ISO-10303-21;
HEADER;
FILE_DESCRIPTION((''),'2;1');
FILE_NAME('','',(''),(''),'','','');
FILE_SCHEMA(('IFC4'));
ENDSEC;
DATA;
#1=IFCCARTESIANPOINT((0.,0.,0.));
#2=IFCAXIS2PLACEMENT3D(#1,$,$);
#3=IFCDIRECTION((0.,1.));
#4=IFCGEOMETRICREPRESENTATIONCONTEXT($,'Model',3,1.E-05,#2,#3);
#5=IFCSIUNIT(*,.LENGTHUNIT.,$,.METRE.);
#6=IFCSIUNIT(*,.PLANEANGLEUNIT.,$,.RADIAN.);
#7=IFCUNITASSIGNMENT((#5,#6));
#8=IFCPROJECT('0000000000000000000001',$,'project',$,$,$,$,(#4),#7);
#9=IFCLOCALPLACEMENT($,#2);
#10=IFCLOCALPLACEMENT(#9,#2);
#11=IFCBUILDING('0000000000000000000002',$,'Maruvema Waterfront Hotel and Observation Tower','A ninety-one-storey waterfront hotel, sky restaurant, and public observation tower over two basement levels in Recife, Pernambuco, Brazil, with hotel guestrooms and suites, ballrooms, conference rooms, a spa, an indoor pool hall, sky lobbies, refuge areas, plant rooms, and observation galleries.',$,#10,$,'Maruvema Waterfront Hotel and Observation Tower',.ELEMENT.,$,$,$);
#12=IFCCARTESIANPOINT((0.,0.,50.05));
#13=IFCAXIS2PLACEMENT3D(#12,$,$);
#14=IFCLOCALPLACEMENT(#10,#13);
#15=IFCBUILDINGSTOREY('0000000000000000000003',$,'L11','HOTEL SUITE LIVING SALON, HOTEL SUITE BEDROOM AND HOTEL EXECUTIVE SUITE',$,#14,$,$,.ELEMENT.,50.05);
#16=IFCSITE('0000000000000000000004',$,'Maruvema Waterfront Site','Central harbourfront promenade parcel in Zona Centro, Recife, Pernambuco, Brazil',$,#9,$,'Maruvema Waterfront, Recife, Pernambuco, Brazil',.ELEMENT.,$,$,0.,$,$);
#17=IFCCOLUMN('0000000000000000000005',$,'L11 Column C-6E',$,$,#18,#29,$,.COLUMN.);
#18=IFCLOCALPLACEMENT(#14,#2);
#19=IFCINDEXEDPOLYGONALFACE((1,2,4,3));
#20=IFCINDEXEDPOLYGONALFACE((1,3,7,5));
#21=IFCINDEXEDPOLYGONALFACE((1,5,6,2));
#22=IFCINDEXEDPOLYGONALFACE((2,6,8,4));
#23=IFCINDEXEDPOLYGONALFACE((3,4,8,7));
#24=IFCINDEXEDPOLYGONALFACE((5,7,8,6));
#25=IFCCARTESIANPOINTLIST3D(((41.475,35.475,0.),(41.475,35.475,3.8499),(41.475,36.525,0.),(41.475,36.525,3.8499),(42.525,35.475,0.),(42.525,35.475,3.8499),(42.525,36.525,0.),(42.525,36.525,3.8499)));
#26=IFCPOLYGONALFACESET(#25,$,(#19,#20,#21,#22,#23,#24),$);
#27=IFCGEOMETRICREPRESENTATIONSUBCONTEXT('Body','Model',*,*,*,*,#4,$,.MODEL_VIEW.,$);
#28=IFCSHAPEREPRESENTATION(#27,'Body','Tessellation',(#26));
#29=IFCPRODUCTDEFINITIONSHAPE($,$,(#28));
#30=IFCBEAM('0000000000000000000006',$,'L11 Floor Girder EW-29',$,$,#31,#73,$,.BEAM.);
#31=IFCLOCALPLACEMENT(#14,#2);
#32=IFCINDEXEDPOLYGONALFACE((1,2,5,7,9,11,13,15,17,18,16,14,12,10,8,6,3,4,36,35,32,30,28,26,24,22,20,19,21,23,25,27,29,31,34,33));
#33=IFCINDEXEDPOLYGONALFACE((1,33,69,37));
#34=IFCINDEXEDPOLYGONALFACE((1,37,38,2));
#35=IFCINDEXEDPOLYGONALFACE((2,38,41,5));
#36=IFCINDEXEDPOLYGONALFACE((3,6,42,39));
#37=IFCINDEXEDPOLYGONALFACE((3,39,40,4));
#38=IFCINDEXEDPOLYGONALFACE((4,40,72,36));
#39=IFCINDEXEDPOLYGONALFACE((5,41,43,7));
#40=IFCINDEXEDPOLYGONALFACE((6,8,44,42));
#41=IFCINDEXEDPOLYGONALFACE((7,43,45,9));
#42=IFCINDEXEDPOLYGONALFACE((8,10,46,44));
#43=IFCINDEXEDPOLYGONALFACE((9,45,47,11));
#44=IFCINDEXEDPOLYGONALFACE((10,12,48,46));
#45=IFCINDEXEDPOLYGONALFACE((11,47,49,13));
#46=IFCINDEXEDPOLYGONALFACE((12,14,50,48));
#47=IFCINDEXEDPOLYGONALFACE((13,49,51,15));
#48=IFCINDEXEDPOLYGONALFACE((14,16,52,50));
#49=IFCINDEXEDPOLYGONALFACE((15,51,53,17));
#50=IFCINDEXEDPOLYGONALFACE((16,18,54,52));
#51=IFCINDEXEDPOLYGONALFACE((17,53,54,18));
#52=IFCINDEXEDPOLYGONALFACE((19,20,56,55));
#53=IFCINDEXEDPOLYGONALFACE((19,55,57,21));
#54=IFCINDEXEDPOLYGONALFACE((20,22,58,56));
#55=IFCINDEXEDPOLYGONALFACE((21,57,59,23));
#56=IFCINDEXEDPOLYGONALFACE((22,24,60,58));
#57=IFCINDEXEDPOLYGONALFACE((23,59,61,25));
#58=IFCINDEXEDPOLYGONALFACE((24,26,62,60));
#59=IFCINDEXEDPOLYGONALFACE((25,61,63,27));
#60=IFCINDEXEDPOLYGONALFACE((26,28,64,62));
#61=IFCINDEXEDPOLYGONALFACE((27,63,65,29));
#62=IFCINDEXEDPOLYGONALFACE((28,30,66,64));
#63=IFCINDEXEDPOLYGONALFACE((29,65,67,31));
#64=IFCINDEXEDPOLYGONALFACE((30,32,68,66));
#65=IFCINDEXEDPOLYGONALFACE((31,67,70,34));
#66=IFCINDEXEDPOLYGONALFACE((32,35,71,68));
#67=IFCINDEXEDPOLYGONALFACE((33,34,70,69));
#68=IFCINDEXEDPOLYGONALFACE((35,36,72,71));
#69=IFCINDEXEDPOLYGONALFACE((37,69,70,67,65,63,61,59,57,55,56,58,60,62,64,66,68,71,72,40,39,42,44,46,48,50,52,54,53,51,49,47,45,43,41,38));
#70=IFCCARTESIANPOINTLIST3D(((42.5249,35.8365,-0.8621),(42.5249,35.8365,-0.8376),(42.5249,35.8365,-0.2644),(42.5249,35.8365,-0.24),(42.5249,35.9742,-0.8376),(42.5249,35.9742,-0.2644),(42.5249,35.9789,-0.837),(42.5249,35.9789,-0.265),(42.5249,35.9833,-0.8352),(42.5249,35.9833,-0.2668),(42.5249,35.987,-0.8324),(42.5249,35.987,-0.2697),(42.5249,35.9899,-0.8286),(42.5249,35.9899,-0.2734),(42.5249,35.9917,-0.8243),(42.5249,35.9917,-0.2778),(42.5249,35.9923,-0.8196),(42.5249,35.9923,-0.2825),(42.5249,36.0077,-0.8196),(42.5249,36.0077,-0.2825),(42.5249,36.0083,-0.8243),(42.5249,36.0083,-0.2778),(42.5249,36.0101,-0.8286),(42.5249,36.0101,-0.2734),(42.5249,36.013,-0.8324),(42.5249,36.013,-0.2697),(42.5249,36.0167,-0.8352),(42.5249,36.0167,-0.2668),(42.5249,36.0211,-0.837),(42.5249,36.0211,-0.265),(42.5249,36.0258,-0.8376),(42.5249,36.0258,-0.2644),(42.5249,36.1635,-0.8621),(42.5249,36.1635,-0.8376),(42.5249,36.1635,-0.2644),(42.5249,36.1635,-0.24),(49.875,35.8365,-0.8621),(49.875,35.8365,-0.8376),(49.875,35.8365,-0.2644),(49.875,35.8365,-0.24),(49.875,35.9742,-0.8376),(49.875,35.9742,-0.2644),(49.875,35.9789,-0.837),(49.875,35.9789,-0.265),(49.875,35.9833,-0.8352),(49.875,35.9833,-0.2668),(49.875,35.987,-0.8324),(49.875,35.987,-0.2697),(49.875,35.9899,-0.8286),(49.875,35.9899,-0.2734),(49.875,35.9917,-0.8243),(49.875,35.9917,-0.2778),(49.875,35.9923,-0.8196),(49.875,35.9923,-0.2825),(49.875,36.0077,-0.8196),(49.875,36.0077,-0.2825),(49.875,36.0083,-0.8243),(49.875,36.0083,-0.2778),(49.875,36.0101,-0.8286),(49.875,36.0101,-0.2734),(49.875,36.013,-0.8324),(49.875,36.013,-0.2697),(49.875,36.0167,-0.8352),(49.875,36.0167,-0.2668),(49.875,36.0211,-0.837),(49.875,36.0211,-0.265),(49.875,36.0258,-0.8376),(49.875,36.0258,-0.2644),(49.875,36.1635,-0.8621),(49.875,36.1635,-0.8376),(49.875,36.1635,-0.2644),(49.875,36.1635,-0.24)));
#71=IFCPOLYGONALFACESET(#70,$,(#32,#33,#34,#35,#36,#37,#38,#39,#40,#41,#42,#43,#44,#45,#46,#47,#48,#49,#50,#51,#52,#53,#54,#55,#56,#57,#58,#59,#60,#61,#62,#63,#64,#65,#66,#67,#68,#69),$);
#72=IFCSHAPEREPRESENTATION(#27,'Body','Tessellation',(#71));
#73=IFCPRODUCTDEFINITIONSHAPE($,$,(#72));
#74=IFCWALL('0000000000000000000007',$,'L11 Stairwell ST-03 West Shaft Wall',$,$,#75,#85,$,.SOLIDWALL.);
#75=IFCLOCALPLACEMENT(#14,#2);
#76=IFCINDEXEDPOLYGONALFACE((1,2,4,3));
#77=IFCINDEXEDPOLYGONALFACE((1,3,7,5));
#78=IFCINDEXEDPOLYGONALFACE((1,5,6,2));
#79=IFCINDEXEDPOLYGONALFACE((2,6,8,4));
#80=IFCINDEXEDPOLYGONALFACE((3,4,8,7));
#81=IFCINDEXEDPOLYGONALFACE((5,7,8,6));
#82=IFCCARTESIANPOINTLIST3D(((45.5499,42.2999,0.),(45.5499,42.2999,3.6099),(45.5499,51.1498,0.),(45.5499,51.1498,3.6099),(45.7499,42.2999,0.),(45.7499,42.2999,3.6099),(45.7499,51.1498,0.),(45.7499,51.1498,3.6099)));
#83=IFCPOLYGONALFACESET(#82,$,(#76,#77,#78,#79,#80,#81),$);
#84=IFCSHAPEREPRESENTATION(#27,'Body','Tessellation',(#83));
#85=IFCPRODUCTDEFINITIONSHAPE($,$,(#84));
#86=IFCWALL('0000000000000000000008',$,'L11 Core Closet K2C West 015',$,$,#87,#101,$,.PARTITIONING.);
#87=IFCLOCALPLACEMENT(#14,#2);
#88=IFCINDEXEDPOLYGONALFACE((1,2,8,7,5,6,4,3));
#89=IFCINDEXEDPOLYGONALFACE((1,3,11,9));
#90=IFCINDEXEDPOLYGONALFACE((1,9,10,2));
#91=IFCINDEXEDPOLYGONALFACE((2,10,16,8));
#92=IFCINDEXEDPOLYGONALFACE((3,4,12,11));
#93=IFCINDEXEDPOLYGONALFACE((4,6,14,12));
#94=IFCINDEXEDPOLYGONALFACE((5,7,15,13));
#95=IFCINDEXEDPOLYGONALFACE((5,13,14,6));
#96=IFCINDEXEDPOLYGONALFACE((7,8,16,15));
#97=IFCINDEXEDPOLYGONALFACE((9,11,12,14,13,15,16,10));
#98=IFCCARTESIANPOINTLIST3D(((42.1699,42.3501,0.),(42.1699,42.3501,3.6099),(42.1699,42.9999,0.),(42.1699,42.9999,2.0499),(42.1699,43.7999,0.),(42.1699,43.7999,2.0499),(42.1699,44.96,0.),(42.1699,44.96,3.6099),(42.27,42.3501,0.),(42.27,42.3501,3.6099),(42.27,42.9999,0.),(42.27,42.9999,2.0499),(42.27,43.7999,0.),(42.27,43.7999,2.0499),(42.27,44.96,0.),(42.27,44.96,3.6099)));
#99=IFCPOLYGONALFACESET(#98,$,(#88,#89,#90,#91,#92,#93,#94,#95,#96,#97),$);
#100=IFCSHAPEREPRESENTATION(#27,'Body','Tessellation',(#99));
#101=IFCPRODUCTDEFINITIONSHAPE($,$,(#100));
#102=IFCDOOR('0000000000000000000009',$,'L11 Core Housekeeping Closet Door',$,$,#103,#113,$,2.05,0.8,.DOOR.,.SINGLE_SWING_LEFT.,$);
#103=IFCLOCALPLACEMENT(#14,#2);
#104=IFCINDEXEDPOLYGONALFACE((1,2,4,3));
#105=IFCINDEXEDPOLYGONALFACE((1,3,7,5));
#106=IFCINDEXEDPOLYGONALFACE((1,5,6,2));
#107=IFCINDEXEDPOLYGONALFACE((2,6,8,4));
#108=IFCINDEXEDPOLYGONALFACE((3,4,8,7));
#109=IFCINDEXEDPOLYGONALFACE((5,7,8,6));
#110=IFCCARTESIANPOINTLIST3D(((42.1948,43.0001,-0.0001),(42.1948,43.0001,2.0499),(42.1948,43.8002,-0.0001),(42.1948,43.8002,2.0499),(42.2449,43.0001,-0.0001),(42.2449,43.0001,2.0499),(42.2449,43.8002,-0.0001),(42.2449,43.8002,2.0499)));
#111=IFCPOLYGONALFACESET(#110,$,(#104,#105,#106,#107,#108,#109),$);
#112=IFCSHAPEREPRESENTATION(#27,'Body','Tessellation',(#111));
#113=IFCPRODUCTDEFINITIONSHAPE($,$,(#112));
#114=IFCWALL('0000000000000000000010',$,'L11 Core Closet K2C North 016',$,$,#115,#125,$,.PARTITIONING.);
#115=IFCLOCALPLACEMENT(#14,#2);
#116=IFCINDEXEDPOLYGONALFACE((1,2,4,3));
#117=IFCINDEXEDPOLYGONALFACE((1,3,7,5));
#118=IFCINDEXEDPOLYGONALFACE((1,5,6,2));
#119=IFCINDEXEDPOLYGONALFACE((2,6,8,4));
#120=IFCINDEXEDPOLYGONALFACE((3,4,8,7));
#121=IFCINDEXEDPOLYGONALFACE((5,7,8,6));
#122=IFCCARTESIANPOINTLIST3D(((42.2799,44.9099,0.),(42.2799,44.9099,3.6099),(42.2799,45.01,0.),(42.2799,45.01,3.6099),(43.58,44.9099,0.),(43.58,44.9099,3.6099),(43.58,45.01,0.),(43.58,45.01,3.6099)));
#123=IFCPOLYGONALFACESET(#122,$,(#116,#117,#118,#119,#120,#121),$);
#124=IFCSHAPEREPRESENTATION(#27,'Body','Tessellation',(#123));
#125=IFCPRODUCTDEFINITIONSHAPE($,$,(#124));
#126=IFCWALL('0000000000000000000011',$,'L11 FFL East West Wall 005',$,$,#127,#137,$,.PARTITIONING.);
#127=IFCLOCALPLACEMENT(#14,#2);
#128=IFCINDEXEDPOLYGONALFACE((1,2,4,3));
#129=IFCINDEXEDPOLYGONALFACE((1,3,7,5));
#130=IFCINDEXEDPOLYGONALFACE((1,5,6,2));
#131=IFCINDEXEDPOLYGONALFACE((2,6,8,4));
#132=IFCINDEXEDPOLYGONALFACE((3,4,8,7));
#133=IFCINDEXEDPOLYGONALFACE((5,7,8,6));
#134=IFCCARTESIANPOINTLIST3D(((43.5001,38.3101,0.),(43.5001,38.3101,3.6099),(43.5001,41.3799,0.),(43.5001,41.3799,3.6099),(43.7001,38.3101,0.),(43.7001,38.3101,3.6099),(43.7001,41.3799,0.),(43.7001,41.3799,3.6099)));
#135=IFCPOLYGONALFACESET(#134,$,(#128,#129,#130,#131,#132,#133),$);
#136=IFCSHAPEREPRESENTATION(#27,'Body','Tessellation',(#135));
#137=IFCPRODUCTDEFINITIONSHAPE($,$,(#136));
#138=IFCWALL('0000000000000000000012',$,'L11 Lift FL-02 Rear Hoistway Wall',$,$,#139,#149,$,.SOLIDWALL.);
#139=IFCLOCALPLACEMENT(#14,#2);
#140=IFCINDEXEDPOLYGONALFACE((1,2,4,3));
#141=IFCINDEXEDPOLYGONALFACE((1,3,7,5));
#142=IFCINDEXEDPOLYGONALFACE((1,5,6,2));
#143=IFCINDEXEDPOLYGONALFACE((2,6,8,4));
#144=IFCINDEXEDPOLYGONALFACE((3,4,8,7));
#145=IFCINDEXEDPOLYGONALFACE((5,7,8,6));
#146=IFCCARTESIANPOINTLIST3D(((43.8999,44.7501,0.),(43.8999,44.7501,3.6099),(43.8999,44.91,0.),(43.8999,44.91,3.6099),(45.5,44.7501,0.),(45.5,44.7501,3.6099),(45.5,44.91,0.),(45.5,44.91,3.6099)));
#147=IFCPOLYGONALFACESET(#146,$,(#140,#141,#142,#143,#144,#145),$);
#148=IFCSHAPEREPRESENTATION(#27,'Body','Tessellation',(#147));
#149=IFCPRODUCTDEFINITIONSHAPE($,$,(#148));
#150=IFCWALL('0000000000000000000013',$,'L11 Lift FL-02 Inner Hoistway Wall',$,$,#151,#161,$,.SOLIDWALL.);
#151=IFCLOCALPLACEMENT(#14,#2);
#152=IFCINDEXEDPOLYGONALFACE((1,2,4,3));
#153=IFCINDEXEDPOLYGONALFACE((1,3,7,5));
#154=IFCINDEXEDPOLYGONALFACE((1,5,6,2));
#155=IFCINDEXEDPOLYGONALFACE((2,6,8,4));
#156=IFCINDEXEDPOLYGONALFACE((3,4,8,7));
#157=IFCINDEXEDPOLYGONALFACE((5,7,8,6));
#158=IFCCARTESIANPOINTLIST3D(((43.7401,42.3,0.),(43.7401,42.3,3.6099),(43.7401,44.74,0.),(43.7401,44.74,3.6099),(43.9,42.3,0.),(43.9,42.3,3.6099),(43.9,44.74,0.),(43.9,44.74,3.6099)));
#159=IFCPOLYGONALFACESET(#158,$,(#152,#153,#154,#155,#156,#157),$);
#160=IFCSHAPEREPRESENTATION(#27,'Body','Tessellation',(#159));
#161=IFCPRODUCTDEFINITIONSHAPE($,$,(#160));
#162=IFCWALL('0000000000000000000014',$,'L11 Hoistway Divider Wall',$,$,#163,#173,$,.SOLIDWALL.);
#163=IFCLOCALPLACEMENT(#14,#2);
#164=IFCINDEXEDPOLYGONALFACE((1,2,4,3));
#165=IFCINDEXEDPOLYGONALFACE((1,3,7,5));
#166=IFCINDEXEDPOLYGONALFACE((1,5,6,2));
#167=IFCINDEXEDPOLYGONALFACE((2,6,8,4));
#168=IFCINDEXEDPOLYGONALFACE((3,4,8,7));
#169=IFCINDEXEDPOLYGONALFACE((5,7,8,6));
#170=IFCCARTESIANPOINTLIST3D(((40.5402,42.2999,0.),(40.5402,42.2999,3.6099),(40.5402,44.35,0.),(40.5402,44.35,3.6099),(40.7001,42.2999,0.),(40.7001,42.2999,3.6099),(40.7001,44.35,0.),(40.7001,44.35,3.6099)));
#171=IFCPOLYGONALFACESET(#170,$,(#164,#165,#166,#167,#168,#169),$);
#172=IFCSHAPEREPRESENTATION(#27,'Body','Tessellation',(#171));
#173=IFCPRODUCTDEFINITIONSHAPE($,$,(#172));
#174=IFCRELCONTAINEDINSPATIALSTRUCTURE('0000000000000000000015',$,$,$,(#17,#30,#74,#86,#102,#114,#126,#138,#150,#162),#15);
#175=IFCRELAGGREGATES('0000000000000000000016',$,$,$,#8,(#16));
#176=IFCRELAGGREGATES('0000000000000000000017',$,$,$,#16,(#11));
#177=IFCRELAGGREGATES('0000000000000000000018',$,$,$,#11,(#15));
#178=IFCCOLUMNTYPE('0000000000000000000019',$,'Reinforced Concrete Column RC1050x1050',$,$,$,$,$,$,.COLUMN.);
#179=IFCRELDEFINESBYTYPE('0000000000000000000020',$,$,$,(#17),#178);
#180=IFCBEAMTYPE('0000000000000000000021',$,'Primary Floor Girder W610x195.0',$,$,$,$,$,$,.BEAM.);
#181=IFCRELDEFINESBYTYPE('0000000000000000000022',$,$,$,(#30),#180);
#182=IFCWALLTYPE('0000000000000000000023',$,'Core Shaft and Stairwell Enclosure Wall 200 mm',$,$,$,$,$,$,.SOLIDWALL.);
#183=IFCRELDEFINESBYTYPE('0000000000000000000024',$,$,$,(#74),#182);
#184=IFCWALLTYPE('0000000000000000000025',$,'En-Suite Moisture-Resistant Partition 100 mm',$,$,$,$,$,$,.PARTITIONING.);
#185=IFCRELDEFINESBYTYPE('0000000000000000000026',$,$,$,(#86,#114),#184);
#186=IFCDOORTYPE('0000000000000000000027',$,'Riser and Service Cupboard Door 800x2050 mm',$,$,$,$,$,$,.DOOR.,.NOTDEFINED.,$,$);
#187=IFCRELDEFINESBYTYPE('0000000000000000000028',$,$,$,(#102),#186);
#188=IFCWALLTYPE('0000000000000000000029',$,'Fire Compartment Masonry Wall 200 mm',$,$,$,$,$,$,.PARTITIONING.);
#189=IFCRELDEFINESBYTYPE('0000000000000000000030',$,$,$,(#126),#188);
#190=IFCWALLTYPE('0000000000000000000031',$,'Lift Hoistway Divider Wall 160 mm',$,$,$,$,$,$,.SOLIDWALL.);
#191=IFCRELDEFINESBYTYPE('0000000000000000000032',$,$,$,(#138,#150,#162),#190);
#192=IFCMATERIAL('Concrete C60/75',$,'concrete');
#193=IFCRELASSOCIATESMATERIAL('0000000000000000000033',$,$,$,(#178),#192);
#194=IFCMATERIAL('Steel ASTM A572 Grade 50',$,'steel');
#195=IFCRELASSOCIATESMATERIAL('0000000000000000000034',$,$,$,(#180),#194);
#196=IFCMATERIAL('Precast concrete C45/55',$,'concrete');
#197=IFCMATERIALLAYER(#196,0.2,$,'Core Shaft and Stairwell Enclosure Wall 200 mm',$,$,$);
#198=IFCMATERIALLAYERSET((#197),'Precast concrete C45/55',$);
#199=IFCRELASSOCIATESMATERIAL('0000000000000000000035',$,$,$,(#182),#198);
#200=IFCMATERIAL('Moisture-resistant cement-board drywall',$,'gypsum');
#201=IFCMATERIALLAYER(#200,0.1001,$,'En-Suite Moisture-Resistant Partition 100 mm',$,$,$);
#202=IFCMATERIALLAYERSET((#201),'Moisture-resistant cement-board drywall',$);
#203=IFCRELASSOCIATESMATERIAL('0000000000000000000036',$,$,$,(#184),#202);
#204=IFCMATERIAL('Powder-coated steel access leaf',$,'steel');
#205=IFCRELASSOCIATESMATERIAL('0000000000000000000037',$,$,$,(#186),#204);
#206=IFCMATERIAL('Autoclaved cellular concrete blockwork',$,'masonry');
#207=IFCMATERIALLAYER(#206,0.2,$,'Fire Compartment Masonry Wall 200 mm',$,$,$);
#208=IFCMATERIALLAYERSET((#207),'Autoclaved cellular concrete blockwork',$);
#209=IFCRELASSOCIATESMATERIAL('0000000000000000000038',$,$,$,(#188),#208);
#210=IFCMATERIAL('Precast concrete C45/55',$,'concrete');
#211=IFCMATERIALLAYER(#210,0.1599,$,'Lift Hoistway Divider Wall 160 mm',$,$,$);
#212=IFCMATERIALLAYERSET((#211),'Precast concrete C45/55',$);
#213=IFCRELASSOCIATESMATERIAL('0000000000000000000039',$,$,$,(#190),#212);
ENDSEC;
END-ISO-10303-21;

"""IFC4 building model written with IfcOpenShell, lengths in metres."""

from ifc_helpers import new_model, si_unit, direction, frame, frame_2d, origin, origin_2d, place, context, subcontext, project, spatial, rectangle, i_section, extrude, material, layer, layer_set, material_profile, profile_set, type_object, element, fill, save


model = new_model("IFC4")

# Units and contexts
model_context = context("Model", 3, precision=1e-05, world=origin(), true_north=direction((0.0, 1.0)))
body_context = subcontext(model_context, "Body", "Model", "MODEL_VIEW")
ifc_project = project(units=[si_unit("LENGTHUNIT", "METRE"), si_unit("PLANEANGLEUNIT", "RADIAN")], contexts=[model_context])

# Site, building, storey
site_placement = place(None, origin())
site = spatial("IfcSite", under=ifc_project, at=site_placement, Name="Maruvema Waterfront Site", Description="Central harbourfront promenade parcel in Zona Centro, Recife, Pernambuco, Brazil", LongName="Maruvema Waterfront, Recife, Pernambuco, Brazil", CompositionType="ELEMENT", RefElevation=0.0)
building_placement = place(site_placement, origin())
building = spatial("IfcBuilding", under=site, at=building_placement, Name="Maruvema Waterfront Hotel and Observation Tower", Description="A ninety-one-storey waterfront hotel, sky restaurant, and public observation tower over two basement levels in Recife, Pernambuco, Brazil, with hotel guestrooms and suites, ballrooms, conference rooms, a spa, an indoor pool hall, sky lobbies, refuge areas, plant rooms, and observation galleries.", LongName="Maruvema Waterfront Hotel and Observation Tower", CompositionType="ELEMENT")
storey_placement = place(building_placement, frame((0.0, 0.0, 50.05)))
storey = spatial("IfcBuildingStorey", under=building, at=storey_placement, Name="L11", Description="HOTEL SUITE LIVING SALON, HOTEL SUITE BEDROOM AND HOTEL EXECUTIVE SUITE", CompositionType="ELEMENT", Elevation=50.05)

# Column
ifc_material_1 = material(Name="Concrete C60/75", Category="concrete")
ifc_material_profile_1 = material_profile(ifc_material_1, rectangle(XDim=1.05, YDim=1.05, at=origin_2d()), Name="RC1050x1050")
ifc_profile_set_1 = profile_set([ifc_material_profile_1], Name="Concrete C60/75")
column_type = type_object("IfcColumnType", Name="Reinforced Concrete Column RC1050x1050", PredefinedType="COLUMN", material=ifc_profile_set_1)
column_placement = place(storey_placement, frame((42.0, 36.0, 0.0), z_axis=(0.0, 0.0, 1.0), x_axis=(1.0, 0.0, 0.0)))
element("IfcColumn", 1, at=column_placement, inside=storey, type_object=column_type, Name="L11 Column C-6E", PredefinedType="COLUMN", context=body_context, shape_type="SweptSolid", body=[
    extrude(rectangle(XDim=1.05, YDim=1.05, at=origin_2d()), origin(), (0.0, 0.0, 1.0), 3.8499),
])

# Beam
ifc_material_2 = material(Name="Steel ASTM A572 Grade 50", Category="steel")
ifc_material_profile_2 = material_profile(ifc_material_2, i_section(OverallWidth=0.3269, OverallDepth=0.6221, WebThickness=0.0154, FlangeThickness=0.0244, FilletRadius=0.0181, at=origin_2d()), Name="W610x195.0")
ifc_profile_set_2 = profile_set([ifc_material_profile_2], Name="Steel ASTM A572 Grade 50")
beam_type = type_object("IfcBeamType", Name="Primary Floor Girder W610x195.0", PredefinedType="BEAM", material=ifc_profile_set_2)
beam_placement = place(storey_placement, frame((42.5249, 36.0, -0.551), z_axis=(1.0, 0.0, 0.0), x_axis=(0.0, 1.0, 0.0)))
element("IfcBeam", 2, at=beam_placement, inside=storey, type_object=beam_type, Name="L11 Floor Girder EW-29", PredefinedType="BEAM", context=body_context, shape_type="SweptSolid", body=[
    extrude(i_section(OverallWidth=0.3269, OverallDepth=0.6221, WebThickness=0.0154, FlangeThickness=0.0244, FilletRadius=0.0181, at=origin_2d()), origin(), (0.0, 0.0, 1.0), 7.3501),
])

# Wall
ifc_material_3 = material(Name="Precast concrete C45/55", Category="concrete")
ifc_layer_1 = layer(ifc_material_3, 0.2, Name="Core Shaft and Stairwell Enclosure Wall 200 mm")
ifc_layer_set_1 = layer_set([ifc_layer_1], Name="Precast concrete C45/55")
wall_type_1 = type_object("IfcWallType", Name="Core Shaft and Stairwell Enclosure Wall 200 mm", PredefinedType="SOLIDWALL", material=ifc_layer_set_1)
wall_1_placement = place(storey_placement, frame((45.6499, 42.3, 0.0), z_axis=(0.0, 0.0, 1.0), x_axis=(0.0, 1.0, 0.0)))
element("IfcWall", 3, at=wall_1_placement, inside=storey, type_object=wall_type_1, Name="L11 Stairwell ST-03 West Shaft Wall", PredefinedType="SOLIDWALL", context=body_context, shape_type="SweptSolid", body=[
    extrude(rectangle(XDim=8.8499, YDim=0.2, at=frame_2d((4.4248, 0.0))), origin(), (0.0, 0.0, 1.0), 3.6099),
])

# Wall, opening, door
ifc_material_4 = material(Name="Moisture-resistant cement-board drywall", Category="gypsum")
ifc_layer_2 = layer(ifc_material_4, 0.1001, Name="En-Suite Moisture-Resistant Partition 100 mm")
ifc_layer_set_2 = layer_set([ifc_layer_2], Name="Moisture-resistant cement-board drywall")
wall_type_2 = type_object("IfcWallType", Name="En-Suite Moisture-Resistant Partition 100 mm", PredefinedType="PARTITIONING", material=ifc_layer_set_2)
wall_2_placement = place(storey_placement, frame((42.22, 42.3501, 0.0), z_axis=(0.0, 0.0, 1.0), x_axis=(0.0, 1.0, 0.0)))
wall_2 = element("IfcWall", 4, at=wall_2_placement, inside=storey, type_object=wall_type_2, Name="L11 Core Closet K2C West 015", PredefinedType="PARTITIONING", context=body_context, shape_type="SweptSolid", body=[
    extrude(rectangle(XDim=2.6099, YDim=0.1001, at=frame_2d((1.3049, 0.0))), origin(), (0.0, 0.0, 1.0), 3.6099),
])
opening_1_placement = place(wall_2_placement, frame((0.6499, 0.0, 0.0)))
opening_1 = element("IfcOpeningElement", 5, at=opening_1_placement, cuts=wall_2, PredefinedType="OPENING", context=body_context, shape_type="SweptSolid", body=[
    extrude(rectangle(XDim=0.8, YDim=2.05, at=frame_2d((0.3999, 1.0249))), frame((0.0, 0.0601, 0.0), z_axis=(0.0, -1.0, 0.0), x_axis=(1.0, 0.0, 0.0)), (0.0, 0.0, 1.0), 0.1201),
])
ifc_material_5 = material(Name="Powder-coated steel access leaf", Category="steel")
door_type_1 = type_object("IfcDoorType", Name="Riser and Service Cupboard Door 800x2050 mm", OperationType="NOTDEFINED", PredefinedType="DOOR", material=ifc_material_5)
door_1_placement = place(opening_1_placement, frame((0.8, 0.0, 0.0), z_axis=(0.0, 0.0, 1.0), x_axis=(-1.0, 0.0, 0.0)))
door_1 = element("IfcDoor", 6, at=door_1_placement, inside=storey, type_object=door_type_1, Name="L11 Core Housekeeping Closet Door", OperationType="SINGLE_SWING_LEFT", OverallHeight=2.05, OverallWidth=0.8, PredefinedType="DOOR", context=body_context, shape_type="SweptSolid", body=[
    extrude(rectangle(XDim=0.8, YDim=2.05, at=frame_2d((0.3999, 1.0249))), frame((0.0, 0.0249, 0.0), z_axis=(0.0, -1.0, 0.0), x_axis=(1.0, 0.0, 0.0)), (0.0, 0.0, 1.0), 0.05),
])
fill(opening_1, door_1)

# Wall
wall_3_placement = place(storey_placement, frame((42.28, 44.96, 0.0), z_axis=(0.0, 0.0, 1.0), x_axis=(1.0, 0.0, 0.0)))
element("IfcWall", 7, at=wall_3_placement, inside=storey, type_object=wall_type_2, Name="L11 Core Closet K2C North 016", PredefinedType="PARTITIONING", context=body_context, shape_type="SweptSolid", body=[
    extrude(rectangle(XDim=1.3, YDim=0.1001, at=frame_2d((0.6499, 0.0))), origin(), (0.0, 0.0, 1.0), 3.6099),
])

# Shared definitions
ifc_material_6 = material(Name="Autoclaved cellular concrete blockwork", Category="masonry")
ifc_layer_3 = layer(ifc_material_6, 0.2, Name="Fire Compartment Masonry Wall 200 mm")
ifc_layer_set_3 = layer_set([ifc_layer_3], Name="Autoclaved cellular concrete blockwork")
wall_type_3 = type_object("IfcWallType", Name="Fire Compartment Masonry Wall 200 mm", PredefinedType="PARTITIONING", material=ifc_layer_set_3)

# Walls
wall_4_placement = place(storey_placement, frame((43.6001, 38.3101, 0.0), z_axis=(0.0, 0.0, 1.0), x_axis=(0.0, 1.0, 0.0)))
element("IfcWall", 8, at=wall_4_placement, inside=storey, type_object=wall_type_3, Name="L11 FFL East West Wall 005", PredefinedType="PARTITIONING", context=body_context, shape_type="SweptSolid", body=[
    extrude(rectangle(XDim=3.0698, YDim=0.2, at=frame_2d((1.5349, 0.0))), origin(), (0.0, 0.0, 1.0), 3.6099),
])
ifc_material_7 = material(Name="Precast concrete C45/55", Category="concrete")
ifc_layer_4 = layer(ifc_material_7, 0.1599, Name="Lift Hoistway Divider Wall 160 mm")
ifc_layer_set_4 = layer_set([ifc_layer_4], Name="Precast concrete C45/55")
wall_type_4 = type_object("IfcWallType", Name="Lift Hoistway Divider Wall 160 mm", PredefinedType="SOLIDWALL", material=ifc_layer_set_4)
wall_5_placement = place(storey_placement, frame((43.8999, 44.8301, 0.0), z_axis=(0.0, 0.0, 1.0), x_axis=(1.0, 0.0, 0.0)))
element("IfcWall", 9, at=wall_5_placement, inside=storey, type_object=wall_type_4, Name="L11 Lift FL-02 Rear Hoistway Wall", PredefinedType="SOLIDWALL", context=body_context, shape_type="SweptSolid", body=[
    extrude(rectangle(XDim=1.6001, YDim=0.1599, at=frame_2d((0.8, 0.0))), origin(), (0.0, 0.0, 1.0), 3.6099),
])
wall_6_placement = place(storey_placement, frame((43.8201, 42.3, 0.0), z_axis=(0.0, 0.0, 1.0), x_axis=(0.0, 1.0, 0.0)))
element("IfcWall", 10, at=wall_6_placement, inside=storey, type_object=wall_type_4, Name="L11 Lift FL-02 Inner Hoistway Wall", PredefinedType="SOLIDWALL", context=body_context, shape_type="SweptSolid", body=[
    extrude(rectangle(XDim=2.4399, YDim=0.1599, at=frame_2d((1.22, 0.0))), origin(), (0.0, 0.0, 1.0), 3.6099),
])
wall_7_placement = place(storey_placement, frame((40.6201, 42.3, 0.0), z_axis=(0.0, 0.0, 1.0), x_axis=(0.0, 1.0, 0.0)))
element("IfcWall", 11, at=wall_7_placement, inside=storey, type_object=wall_type_4, Name="L11 Hoistway Divider Wall", PredefinedType="SOLIDWALL", context=body_context, shape_type="SweptSolid", body=[
    extrude(rectangle(XDim=2.05, YDim=0.1599, at=frame_2d((1.0249, 0.0))), origin(), (0.0, 0.0, 1.0), 3.6099),
])

save(model, "model.ifc")
